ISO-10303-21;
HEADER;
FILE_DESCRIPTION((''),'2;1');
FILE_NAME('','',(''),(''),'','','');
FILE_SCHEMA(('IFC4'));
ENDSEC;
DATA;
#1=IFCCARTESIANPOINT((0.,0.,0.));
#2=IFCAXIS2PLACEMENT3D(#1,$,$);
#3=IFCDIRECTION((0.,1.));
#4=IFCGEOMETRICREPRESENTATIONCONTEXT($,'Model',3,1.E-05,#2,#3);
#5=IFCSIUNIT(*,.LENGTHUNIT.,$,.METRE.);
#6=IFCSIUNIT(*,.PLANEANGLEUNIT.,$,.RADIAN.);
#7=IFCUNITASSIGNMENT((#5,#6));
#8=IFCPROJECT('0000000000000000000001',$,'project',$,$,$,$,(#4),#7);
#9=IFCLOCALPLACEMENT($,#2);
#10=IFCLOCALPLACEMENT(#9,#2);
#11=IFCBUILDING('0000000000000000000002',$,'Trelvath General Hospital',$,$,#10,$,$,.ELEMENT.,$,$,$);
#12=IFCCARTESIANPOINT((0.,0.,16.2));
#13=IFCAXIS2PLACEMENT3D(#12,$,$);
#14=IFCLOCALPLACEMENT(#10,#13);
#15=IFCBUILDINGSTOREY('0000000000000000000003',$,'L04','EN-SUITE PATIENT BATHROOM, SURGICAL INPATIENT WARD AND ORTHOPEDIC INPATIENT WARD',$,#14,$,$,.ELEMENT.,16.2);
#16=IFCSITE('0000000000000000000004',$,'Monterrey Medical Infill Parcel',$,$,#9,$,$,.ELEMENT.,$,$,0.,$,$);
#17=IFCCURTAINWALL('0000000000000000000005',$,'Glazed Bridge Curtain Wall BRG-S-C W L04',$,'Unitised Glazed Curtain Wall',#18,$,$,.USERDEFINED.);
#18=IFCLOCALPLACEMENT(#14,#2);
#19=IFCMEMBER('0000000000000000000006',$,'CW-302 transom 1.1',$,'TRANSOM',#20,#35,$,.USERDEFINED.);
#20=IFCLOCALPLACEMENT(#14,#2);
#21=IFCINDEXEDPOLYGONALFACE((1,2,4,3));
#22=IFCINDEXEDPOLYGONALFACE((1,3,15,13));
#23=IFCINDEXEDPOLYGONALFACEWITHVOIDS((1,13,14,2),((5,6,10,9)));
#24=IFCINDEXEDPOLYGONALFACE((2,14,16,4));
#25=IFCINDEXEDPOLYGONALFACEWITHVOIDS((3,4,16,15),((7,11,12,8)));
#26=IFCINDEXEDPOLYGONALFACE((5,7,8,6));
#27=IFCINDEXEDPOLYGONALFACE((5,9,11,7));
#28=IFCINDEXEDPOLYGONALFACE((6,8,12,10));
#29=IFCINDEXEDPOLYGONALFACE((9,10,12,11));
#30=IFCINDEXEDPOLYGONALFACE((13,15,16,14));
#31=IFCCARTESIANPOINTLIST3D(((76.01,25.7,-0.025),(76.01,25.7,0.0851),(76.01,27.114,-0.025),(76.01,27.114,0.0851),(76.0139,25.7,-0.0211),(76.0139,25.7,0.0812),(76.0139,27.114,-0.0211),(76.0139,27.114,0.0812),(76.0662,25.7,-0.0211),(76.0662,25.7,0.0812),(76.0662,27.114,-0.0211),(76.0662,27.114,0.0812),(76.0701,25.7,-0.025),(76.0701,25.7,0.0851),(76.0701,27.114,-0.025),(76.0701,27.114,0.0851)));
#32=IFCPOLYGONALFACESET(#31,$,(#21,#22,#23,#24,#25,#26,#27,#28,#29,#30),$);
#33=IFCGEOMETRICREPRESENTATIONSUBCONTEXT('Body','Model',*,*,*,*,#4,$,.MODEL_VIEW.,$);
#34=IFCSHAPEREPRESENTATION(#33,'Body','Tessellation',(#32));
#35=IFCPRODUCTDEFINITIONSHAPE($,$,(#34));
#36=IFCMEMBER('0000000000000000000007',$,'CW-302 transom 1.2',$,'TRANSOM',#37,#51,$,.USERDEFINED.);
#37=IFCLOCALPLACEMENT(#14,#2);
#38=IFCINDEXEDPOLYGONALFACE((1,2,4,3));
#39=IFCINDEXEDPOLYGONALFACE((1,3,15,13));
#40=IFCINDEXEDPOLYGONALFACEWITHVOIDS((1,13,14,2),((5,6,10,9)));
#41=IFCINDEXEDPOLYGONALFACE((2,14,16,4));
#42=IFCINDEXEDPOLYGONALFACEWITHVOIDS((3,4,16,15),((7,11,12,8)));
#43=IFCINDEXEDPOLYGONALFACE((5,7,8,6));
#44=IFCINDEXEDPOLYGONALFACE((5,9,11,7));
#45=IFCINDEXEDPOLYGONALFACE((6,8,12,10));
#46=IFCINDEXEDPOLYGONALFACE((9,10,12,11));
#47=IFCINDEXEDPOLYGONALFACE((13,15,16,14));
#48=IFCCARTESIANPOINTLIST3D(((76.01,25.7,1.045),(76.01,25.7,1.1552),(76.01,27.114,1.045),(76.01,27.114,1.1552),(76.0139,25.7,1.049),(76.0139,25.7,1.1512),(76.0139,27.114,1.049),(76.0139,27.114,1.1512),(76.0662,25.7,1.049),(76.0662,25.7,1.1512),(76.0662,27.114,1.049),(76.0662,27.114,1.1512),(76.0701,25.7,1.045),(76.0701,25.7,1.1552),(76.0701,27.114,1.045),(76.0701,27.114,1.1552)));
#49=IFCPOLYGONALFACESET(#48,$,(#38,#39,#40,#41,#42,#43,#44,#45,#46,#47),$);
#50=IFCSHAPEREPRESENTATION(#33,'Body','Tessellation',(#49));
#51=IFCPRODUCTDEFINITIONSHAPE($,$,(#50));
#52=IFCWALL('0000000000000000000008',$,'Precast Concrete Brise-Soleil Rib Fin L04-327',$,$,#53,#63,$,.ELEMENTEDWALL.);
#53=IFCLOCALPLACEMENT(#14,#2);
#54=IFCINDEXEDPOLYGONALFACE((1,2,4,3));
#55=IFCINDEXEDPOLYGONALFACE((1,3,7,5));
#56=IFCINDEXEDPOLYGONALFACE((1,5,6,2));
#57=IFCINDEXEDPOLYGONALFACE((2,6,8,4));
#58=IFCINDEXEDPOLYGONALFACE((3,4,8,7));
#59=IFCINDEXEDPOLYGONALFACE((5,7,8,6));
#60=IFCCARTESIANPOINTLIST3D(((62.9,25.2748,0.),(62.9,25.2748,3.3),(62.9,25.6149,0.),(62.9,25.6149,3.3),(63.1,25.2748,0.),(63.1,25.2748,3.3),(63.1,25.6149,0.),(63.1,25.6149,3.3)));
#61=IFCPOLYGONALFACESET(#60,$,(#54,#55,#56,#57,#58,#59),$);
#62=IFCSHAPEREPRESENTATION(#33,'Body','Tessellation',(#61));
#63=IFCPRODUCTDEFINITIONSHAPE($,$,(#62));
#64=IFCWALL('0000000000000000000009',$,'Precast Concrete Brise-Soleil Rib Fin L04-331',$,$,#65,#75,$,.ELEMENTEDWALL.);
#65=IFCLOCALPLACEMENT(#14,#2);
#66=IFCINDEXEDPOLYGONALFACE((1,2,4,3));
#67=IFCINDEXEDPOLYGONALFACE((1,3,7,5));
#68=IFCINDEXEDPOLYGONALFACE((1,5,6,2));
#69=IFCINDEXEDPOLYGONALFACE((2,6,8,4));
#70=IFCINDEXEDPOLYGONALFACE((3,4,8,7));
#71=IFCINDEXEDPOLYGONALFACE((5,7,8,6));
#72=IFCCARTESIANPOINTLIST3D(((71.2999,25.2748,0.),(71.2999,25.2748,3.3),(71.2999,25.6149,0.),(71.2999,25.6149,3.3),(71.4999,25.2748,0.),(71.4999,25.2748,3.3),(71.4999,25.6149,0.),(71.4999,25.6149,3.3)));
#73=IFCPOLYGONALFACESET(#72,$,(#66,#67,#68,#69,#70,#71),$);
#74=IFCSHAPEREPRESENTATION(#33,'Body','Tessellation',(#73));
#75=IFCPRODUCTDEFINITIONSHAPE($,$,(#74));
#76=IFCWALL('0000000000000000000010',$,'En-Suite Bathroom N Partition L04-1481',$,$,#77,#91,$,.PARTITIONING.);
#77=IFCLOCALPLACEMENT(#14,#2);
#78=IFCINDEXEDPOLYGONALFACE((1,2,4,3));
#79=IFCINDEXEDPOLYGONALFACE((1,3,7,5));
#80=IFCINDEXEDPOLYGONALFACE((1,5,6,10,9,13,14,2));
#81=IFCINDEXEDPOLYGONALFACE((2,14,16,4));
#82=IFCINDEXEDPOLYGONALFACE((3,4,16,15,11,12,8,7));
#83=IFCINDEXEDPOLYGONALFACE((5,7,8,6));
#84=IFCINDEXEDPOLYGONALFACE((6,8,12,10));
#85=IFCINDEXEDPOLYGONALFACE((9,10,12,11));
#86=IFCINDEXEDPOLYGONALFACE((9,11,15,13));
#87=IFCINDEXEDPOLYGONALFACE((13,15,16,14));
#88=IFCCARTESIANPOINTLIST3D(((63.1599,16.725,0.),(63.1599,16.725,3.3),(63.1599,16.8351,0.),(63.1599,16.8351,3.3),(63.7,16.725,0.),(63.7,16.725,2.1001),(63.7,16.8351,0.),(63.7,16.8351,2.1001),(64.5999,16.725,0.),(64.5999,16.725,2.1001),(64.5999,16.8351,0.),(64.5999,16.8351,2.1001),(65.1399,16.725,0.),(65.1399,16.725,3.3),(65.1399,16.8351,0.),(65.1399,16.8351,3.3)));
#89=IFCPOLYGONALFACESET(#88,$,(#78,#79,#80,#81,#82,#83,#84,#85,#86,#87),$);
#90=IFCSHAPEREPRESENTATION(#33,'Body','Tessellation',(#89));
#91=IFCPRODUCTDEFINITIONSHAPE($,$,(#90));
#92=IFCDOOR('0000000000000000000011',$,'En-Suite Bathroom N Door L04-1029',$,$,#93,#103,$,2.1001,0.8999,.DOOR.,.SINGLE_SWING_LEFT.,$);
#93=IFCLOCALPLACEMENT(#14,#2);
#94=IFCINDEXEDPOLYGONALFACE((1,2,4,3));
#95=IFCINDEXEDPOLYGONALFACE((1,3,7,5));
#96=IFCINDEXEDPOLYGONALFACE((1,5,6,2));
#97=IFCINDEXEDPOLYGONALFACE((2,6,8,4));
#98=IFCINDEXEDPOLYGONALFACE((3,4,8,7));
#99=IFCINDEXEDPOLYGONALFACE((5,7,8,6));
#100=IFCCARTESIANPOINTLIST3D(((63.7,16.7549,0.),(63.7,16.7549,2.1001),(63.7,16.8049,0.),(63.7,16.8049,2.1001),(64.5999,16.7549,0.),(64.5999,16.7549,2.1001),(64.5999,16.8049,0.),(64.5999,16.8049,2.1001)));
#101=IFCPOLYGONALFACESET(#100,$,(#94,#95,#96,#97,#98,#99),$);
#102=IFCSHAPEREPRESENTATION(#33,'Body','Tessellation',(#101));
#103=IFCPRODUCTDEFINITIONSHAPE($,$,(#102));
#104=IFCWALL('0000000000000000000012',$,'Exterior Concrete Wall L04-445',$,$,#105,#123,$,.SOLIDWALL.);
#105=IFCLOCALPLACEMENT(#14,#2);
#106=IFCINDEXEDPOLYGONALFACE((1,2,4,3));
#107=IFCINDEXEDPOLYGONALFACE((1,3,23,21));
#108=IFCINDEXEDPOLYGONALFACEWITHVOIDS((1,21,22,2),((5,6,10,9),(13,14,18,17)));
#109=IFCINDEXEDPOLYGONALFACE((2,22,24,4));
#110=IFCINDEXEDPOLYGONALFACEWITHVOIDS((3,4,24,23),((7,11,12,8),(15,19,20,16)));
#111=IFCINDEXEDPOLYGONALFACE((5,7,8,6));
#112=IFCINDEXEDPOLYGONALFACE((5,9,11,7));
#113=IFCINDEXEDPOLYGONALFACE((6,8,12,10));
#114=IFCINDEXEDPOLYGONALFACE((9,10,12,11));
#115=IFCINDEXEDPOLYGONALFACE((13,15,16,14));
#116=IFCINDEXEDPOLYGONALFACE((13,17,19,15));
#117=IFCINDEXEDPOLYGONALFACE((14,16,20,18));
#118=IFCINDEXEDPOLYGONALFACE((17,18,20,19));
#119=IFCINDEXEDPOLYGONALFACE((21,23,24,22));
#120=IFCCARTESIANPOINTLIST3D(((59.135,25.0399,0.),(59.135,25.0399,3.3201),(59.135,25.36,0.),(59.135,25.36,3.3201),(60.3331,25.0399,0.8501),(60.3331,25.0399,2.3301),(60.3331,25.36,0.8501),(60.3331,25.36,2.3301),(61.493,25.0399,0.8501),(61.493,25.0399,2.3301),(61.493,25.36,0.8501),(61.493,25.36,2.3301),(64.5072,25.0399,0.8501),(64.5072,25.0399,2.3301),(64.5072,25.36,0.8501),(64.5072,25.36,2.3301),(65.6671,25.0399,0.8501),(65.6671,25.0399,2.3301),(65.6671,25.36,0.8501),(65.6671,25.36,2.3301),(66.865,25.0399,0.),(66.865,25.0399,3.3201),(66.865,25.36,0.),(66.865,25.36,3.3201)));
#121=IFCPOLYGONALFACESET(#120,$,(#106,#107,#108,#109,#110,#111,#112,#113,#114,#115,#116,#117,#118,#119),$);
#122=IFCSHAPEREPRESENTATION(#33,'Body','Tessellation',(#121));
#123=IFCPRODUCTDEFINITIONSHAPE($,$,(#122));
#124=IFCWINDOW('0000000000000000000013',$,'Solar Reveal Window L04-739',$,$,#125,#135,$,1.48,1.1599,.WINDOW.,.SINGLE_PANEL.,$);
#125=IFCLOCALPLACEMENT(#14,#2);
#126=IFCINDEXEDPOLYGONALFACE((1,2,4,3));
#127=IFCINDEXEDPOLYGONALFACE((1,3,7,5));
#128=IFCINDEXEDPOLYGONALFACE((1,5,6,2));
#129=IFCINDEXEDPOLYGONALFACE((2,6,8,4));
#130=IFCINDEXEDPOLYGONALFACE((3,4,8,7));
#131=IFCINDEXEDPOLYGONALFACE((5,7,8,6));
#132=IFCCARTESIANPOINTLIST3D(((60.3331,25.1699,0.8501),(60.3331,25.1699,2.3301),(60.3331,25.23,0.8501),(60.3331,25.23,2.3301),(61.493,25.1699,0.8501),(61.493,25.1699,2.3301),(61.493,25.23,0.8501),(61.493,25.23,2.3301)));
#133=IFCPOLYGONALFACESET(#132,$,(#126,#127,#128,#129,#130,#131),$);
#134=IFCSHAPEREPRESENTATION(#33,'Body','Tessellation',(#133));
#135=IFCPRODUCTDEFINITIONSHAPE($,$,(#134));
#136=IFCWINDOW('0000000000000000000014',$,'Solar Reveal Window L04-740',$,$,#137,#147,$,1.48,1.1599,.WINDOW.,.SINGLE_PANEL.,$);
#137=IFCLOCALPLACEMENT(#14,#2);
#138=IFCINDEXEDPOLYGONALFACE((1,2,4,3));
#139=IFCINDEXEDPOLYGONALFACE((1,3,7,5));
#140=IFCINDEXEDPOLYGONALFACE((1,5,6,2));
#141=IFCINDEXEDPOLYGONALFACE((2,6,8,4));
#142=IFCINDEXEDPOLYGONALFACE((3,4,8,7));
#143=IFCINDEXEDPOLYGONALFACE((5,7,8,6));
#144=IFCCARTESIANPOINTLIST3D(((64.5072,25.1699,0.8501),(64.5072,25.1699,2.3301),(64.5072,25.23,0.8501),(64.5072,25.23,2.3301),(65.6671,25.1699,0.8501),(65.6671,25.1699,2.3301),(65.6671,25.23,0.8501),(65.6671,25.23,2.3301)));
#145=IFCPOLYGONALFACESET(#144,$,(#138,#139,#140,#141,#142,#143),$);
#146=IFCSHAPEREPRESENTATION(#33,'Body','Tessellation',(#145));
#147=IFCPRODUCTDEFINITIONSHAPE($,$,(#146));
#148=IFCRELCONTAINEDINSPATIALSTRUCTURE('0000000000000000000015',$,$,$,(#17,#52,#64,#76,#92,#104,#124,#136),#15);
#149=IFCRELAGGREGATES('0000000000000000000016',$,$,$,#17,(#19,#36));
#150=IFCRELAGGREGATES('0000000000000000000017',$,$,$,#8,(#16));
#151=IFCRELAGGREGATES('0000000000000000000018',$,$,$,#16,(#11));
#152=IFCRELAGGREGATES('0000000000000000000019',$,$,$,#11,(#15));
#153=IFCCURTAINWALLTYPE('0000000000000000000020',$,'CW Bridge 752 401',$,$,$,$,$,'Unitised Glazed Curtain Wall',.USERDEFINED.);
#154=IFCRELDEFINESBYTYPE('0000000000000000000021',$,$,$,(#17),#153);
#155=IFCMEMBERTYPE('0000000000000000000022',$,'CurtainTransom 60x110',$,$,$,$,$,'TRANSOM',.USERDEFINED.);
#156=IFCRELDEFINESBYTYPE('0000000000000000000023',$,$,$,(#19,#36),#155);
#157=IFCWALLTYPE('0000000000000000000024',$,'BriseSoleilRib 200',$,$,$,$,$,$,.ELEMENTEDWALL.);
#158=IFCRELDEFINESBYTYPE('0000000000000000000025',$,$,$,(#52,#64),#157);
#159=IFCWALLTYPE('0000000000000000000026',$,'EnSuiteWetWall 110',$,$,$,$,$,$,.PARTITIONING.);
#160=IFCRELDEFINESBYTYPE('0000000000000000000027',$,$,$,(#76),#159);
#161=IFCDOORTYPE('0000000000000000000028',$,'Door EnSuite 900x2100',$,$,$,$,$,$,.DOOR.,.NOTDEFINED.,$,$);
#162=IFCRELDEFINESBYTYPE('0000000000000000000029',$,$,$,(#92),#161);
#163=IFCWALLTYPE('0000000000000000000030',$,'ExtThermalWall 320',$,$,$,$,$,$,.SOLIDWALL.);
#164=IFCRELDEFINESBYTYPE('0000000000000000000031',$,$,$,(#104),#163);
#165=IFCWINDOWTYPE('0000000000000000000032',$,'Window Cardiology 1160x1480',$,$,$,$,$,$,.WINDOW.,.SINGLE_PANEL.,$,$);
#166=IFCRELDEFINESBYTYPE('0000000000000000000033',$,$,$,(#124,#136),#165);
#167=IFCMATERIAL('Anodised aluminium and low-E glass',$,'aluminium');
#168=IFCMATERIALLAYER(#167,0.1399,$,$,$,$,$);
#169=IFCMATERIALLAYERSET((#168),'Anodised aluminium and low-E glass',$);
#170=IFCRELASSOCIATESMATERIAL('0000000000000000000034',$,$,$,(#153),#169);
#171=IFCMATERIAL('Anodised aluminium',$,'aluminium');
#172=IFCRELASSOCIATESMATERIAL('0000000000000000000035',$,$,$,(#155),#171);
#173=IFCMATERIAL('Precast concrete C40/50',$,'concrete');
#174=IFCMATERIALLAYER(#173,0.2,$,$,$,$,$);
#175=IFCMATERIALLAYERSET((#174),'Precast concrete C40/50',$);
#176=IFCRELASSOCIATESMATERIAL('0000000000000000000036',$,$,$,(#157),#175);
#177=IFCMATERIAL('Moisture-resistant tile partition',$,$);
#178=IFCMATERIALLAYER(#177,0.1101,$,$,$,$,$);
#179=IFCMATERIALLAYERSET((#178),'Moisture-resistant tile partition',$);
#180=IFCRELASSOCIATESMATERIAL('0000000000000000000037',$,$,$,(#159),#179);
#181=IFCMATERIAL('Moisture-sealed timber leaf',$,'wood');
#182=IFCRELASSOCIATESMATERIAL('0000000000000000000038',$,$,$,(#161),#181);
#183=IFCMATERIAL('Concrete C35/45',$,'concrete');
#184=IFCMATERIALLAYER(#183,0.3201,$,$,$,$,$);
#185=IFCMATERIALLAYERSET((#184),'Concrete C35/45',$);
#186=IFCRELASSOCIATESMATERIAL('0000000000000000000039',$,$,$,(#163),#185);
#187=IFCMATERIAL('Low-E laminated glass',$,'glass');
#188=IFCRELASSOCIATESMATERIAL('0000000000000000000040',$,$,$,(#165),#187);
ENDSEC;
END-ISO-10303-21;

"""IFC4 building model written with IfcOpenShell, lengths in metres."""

from ifc_helpers import new_model, si_unit, direction, frame, frame_2d, origin, origin_2d, place, context, subcontext, project, spatial, rectangle, hollow_rectangle, extrude, material, layer, layer_set, material_profile, profile_set, type_object, element, fill, aggregate, save


model = new_model("IFC4")

# Units and contexts
model_context = context("Model", 3, precision=1e-05, world=origin(), true_north=direction((0.0, 1.0)))
body_context = subcontext(model_context, "Body", "Model", "MODEL_VIEW")
ifc_project = project(units=[si_unit("LENGTHUNIT", "METRE"), si_unit("PLANEANGLEUNIT", "RADIAN")], contexts=[model_context])

# Site, building, storey
site_placement = place(None, origin())
site = spatial("IfcSite", under=ifc_project, at=site_placement, Name="Monterrey Medical Infill Parcel", CompositionType="ELEMENT", RefElevation=0.0)
building_placement = place(site_placement, origin())
building = spatial("IfcBuilding", under=site, at=building_placement, Name="Trelvath General Hospital", CompositionType="ELEMENT")
storey_placement = place(building_placement, frame((0.0, 0.0, 16.2)))
storey = spatial("IfcBuildingStorey", under=building, at=storey_placement, Name="L04", Description="EN-SUITE PATIENT BATHROOM, SURGICAL INPATIENT WARD AND ORTHOPEDIC INPATIENT WARD", CompositionType="ELEMENT", Elevation=16.2)

# Curtain wall, members
ifc_material_1 = material(Name="Anodised aluminium and low-E glass", Category="aluminium")
ifc_layer_1 = layer(ifc_material_1, 0.1399)
ifc_layer_set_1 = layer_set([ifc_layer_1], Name="Anodised aluminium and low-E glass")
curtain_wall_type = type_object("IfcCurtainWallType", Name="CW Bridge 752 401", ElementType="Unitised Glazed Curtain Wall", PredefinedType="USERDEFINED", material=ifc_layer_set_1)
curtain_wall_placement = place(storey_placement, origin())
curtain_wall = element("IfcCurtainWall", 1, at=curtain_wall_placement, inside=storey, type_object=curtain_wall_type, Name="Glazed Bridge Curtain Wall BRG-S-C W L04", ObjectType="Unitised Glazed Curtain Wall", PredefinedType="USERDEFINED")
ifc_material_2 = material(Name="Anodised aluminium", Category="aluminium")
ifc_material_profile_1 = material_profile(ifc_material_2, hollow_rectangle(XDim=0.0601, YDim=0.1101, WallThickness=0.0039, at=origin_2d()), Name="RHS60x110x4")
ifc_profile_set_1 = profile_set([ifc_material_profile_1], Name="Anodised aluminium")
member_type_1 = type_object("IfcMemberType", Name="CurtainTransom 60x110", ElementType="TRANSOM", PredefinedType="USERDEFINED", material=ifc_profile_set_1)
member_1_placement = place(storey_placement, frame((76.04, 25.7, 0.03), z_axis=(0.0, 1.0, 0.0), x_axis=(-1.0, 0.0, 0.0)))
member_1 = element("IfcMember", 2, at=member_1_placement, type_object=member_type_1, Name="CW-302 transom 1.1", ObjectType="TRANSOM", PredefinedType="USERDEFINED", context=body_context, shape_type="SweptSolid", body=[
    extrude(hollow_rectangle(XDim=0.0601, YDim=0.1101, WallThickness=0.0039, at=origin_2d()), origin(), (0.0, 0.0, 1.0), 1.4141),
])
member_2_placement = place(storey_placement, frame((76.04, 25.7, 1.1001), z_axis=(0.0, 1.0, 0.0), x_axis=(-1.0, 0.0, 0.0)))
member_2 = element("IfcMember", 3, at=member_2_placement, type_object=member_type_1, Name="CW-302 transom 1.2", ObjectType="TRANSOM", PredefinedType="USERDEFINED", context=body_context, shape_type="SweptSolid", body=[
    extrude(hollow_rectangle(XDim=0.0601, YDim=0.1101, WallThickness=0.0039, at=origin_2d()), origin(), (0.0, 0.0, 1.0), 1.4141),
])
aggregate(curtain_wall, [member_1, member_2])

# Walls
ifc_material_3 = material(Name="Precast concrete C40/50", Category="concrete")
ifc_layer_2 = layer(ifc_material_3, 0.2)
ifc_layer_set_2 = layer_set([ifc_layer_2], Name="Precast concrete C40/50")
wall_type_1 = type_object("IfcWallType", Name="BriseSoleilRib 200", PredefinedType="ELEMENTEDWALL", material=ifc_layer_set_2)
for number, where, z_axis, x_axis, name in (
    (4, (63.0, 25.2749, 0.0), (0.0, 0.0, 1.0), (0.0, 1.0, 0.0), "Precast Concrete Brise-Soleil Rib Fin L04-327"),
    (5, (71.3999, 25.2749, 0.0), (0.0, 0.0, 1.0), (0.0, 1.0, 0.0), "Precast Concrete Brise-Soleil Rib Fin L04-331"),
):
    element("IfcWall", number, at=place(storey_placement, frame(where, z_axis=z_axis, x_axis=x_axis)), inside=storey, type_object=wall_type_1, Name=name, PredefinedType="ELEMENTEDWALL", context=body_context, shape_type="SweptSolid", body=[
        extrude(rectangle(XDim=0.3401, YDim=0.2, at=frame_2d((0.1699, 0.0))), origin(), (0.0, 0.0, 1.0), 3.3),
    ])

# Wall, opening, door
ifc_material_4 = material(Name="Moisture-resistant tile partition")
ifc_layer_3 = layer(ifc_material_4, 0.1101)
ifc_layer_set_3 = layer_set([ifc_layer_3], Name="Moisture-resistant tile partition")
wall_type_2 = type_object("IfcWallType", Name="EnSuiteWetWall 110", PredefinedType="PARTITIONING", material=ifc_layer_set_3)
wall_1_placement = place(storey_placement, frame((63.1599, 16.78, 0.0), z_axis=(0.0, 0.0, 1.0), x_axis=(1.0, 0.0, 0.0)))
wall_1 = element("IfcWall", 6, at=wall_1_placement, inside=storey, type_object=wall_type_2, Name="En-Suite Bathroom N Partition L04-1481", PredefinedType="PARTITIONING", context=body_context, shape_type="SweptSolid", body=[
    extrude(rectangle(XDim=1.98, YDim=0.1101, at=frame_2d((0.99, 0.0))), origin(), (0.0, 0.0, 1.0), 3.3),
])
opening_1_placement = place(wall_1_placement, frame((0.54, 0.0, 0.0)))
opening_1 = element("IfcOpeningElement", 7, at=opening_1_placement, cuts=wall_1, PredefinedType="OPENING", context=body_context, shape_type="SweptSolid", body=[
    extrude(rectangle(XDim=0.8999, YDim=2.1001, at=frame_2d((0.45, 1.05))), frame((0.0, 0.0649, 0.0), z_axis=(0.0, -1.0, 0.0), x_axis=(1.0, 0.0, 0.0)), (0.0, 0.0, 1.0), 0.1301),
])
ifc_material_5 = material(Name="Moisture-sealed timber leaf", Category="wood")
door_type_1 = type_object("IfcDoorType", Name="Door EnSuite 900x2100", OperationType="NOTDEFINED", PredefinedType="DOOR", material=ifc_material_5)
door_1_placement = place(opening_1_placement, origin())
door_1 = element("IfcDoor", 8, at=door_1_placement, inside=storey, type_object=door_type_1, Name="En-Suite Bathroom N Door L04-1029", OperationType="SINGLE_SWING_LEFT", OverallHeight=2.1001, OverallWidth=0.8999, PredefinedType="DOOR", context=body_context, shape_type="SweptSolid", body=[
    extrude(rectangle(XDim=0.8999, YDim=2.1001, at=frame_2d((0.45, 1.05))), frame((0.0, 0.0249, 0.0), z_axis=(0.0, -1.0, 0.0), x_axis=(1.0, 0.0, 0.0)), (0.0, 0.0, 1.0), 0.05),
])
fill(opening_1, door_1)

# Wall, openings, windows
ifc_material_6 = material(Name="Concrete C35/45", Category="concrete")
ifc_layer_4 = layer(ifc_material_6, 0.3201)
ifc_layer_set_4 = layer_set([ifc_layer_4], Name="Concrete C35/45")
wall_type_3 = type_object("IfcWallType", Name="ExtThermalWall 320", PredefinedType="SOLIDWALL", material=ifc_layer_set_4)
wall_2_placement = place(storey_placement, frame((59.135, 25.2, 0.0), z_axis=(0.0, 0.0, 1.0), x_axis=(1.0, 0.0, 0.0)))
wall_2 = element("IfcWall", 9, at=wall_2_placement, inside=storey, type_object=wall_type_3, Name="Exterior Concrete Wall L04-445", PredefinedType="SOLIDWALL", context=body_context, shape_type="SweptSolid", body=[
    extrude(rectangle(XDim=7.73, YDim=0.3201, at=frame_2d((3.865, 0.0))), origin(), (0.0, 0.0, 1.0), 3.3201),
])
opening_2_placement = place(wall_2_placement, frame((1.198, 0.0, 0.8501)))
opening_2 = element("IfcOpeningElement", 10, at=opening_2_placement, cuts=wall_2, PredefinedType="OPENING", context=body_context, shape_type="SweptSolid", body=[
    extrude(rectangle(XDim=1.1599, YDim=1.48, at=frame_2d((0.5801, 0.74))), frame((0.0, 0.1699, 0.0), z_axis=(0.0, -1.0, 0.0), x_axis=(1.0, 0.0, 0.0)), (0.0, 0.0, 1.0), 0.3401),
])
opening_3_placement = place(wall_2_placement, frame((5.3721, 0.0, 0.8501)))
opening_3 = element("IfcOpeningElement", 11, at=opening_3_placement, cuts=wall_2, PredefinedType="OPENING", context=body_context, shape_type="SweptSolid", body=[
    extrude(rectangle(XDim=1.1599, YDim=1.48, at=frame_2d((0.5801, 0.74))), frame((0.0, 0.1699, 0.0), z_axis=(0.0, -1.0, 0.0), x_axis=(1.0, 0.0, 0.0)), (0.0, 0.0, 1.0), 0.3401),
])
ifc_material_7 = material(Name="Low-E laminated glass", Category="glass")
window_type_1 = type_object("IfcWindowType", Name="Window Cardiology 1160x1480", PartitioningType="SINGLE_PANEL", PredefinedType="WINDOW", material=ifc_material_7)
window_1_placement = place(opening_2_placement, origin())
window_1 = element("IfcWindow", 12, at=window_1_placement, inside=storey, type_object=window_type_1, Name="Solar Reveal Window L04-739", OverallHeight=1.48, OverallWidth=1.1599, PartitioningType="SINGLE_PANEL", PredefinedType="WINDOW", context=body_context, shape_type="SweptSolid", body=[
    extrude(rectangle(XDim=1.1599, YDim=1.48, at=frame_2d((0.5801, 0.74))), frame((0.0, 0.03, 0.0), z_axis=(0.0, -1.0, 0.0), x_axis=(1.0, 0.0, 0.0)), (0.0, 0.0, 1.0), 0.0601),
])
fill(opening_2, window_1)
window_2_placement = place(opening_3_placement, origin())
window_2 = element("IfcWindow", 13, at=window_2_placement, inside=storey, type_object=window_type_1, Name="Solar Reveal Window L04-740", OverallHeight=1.48, OverallWidth=1.1599, PartitioningType="SINGLE_PANEL", PredefinedType="WINDOW", context=body_context, shape_type="SweptSolid", body=[
    extrude(rectangle(XDim=1.1599, YDim=1.48, at=frame_2d((0.5801, 0.74))), frame((0.0, 0.03, 0.0), z_axis=(0.0, -1.0, 0.0), x_axis=(1.0, 0.0, 0.0)), (0.0, 0.0, 1.0), 0.0601),
])
fill(opening_3, window_2)

save(model, "model.ifc")
